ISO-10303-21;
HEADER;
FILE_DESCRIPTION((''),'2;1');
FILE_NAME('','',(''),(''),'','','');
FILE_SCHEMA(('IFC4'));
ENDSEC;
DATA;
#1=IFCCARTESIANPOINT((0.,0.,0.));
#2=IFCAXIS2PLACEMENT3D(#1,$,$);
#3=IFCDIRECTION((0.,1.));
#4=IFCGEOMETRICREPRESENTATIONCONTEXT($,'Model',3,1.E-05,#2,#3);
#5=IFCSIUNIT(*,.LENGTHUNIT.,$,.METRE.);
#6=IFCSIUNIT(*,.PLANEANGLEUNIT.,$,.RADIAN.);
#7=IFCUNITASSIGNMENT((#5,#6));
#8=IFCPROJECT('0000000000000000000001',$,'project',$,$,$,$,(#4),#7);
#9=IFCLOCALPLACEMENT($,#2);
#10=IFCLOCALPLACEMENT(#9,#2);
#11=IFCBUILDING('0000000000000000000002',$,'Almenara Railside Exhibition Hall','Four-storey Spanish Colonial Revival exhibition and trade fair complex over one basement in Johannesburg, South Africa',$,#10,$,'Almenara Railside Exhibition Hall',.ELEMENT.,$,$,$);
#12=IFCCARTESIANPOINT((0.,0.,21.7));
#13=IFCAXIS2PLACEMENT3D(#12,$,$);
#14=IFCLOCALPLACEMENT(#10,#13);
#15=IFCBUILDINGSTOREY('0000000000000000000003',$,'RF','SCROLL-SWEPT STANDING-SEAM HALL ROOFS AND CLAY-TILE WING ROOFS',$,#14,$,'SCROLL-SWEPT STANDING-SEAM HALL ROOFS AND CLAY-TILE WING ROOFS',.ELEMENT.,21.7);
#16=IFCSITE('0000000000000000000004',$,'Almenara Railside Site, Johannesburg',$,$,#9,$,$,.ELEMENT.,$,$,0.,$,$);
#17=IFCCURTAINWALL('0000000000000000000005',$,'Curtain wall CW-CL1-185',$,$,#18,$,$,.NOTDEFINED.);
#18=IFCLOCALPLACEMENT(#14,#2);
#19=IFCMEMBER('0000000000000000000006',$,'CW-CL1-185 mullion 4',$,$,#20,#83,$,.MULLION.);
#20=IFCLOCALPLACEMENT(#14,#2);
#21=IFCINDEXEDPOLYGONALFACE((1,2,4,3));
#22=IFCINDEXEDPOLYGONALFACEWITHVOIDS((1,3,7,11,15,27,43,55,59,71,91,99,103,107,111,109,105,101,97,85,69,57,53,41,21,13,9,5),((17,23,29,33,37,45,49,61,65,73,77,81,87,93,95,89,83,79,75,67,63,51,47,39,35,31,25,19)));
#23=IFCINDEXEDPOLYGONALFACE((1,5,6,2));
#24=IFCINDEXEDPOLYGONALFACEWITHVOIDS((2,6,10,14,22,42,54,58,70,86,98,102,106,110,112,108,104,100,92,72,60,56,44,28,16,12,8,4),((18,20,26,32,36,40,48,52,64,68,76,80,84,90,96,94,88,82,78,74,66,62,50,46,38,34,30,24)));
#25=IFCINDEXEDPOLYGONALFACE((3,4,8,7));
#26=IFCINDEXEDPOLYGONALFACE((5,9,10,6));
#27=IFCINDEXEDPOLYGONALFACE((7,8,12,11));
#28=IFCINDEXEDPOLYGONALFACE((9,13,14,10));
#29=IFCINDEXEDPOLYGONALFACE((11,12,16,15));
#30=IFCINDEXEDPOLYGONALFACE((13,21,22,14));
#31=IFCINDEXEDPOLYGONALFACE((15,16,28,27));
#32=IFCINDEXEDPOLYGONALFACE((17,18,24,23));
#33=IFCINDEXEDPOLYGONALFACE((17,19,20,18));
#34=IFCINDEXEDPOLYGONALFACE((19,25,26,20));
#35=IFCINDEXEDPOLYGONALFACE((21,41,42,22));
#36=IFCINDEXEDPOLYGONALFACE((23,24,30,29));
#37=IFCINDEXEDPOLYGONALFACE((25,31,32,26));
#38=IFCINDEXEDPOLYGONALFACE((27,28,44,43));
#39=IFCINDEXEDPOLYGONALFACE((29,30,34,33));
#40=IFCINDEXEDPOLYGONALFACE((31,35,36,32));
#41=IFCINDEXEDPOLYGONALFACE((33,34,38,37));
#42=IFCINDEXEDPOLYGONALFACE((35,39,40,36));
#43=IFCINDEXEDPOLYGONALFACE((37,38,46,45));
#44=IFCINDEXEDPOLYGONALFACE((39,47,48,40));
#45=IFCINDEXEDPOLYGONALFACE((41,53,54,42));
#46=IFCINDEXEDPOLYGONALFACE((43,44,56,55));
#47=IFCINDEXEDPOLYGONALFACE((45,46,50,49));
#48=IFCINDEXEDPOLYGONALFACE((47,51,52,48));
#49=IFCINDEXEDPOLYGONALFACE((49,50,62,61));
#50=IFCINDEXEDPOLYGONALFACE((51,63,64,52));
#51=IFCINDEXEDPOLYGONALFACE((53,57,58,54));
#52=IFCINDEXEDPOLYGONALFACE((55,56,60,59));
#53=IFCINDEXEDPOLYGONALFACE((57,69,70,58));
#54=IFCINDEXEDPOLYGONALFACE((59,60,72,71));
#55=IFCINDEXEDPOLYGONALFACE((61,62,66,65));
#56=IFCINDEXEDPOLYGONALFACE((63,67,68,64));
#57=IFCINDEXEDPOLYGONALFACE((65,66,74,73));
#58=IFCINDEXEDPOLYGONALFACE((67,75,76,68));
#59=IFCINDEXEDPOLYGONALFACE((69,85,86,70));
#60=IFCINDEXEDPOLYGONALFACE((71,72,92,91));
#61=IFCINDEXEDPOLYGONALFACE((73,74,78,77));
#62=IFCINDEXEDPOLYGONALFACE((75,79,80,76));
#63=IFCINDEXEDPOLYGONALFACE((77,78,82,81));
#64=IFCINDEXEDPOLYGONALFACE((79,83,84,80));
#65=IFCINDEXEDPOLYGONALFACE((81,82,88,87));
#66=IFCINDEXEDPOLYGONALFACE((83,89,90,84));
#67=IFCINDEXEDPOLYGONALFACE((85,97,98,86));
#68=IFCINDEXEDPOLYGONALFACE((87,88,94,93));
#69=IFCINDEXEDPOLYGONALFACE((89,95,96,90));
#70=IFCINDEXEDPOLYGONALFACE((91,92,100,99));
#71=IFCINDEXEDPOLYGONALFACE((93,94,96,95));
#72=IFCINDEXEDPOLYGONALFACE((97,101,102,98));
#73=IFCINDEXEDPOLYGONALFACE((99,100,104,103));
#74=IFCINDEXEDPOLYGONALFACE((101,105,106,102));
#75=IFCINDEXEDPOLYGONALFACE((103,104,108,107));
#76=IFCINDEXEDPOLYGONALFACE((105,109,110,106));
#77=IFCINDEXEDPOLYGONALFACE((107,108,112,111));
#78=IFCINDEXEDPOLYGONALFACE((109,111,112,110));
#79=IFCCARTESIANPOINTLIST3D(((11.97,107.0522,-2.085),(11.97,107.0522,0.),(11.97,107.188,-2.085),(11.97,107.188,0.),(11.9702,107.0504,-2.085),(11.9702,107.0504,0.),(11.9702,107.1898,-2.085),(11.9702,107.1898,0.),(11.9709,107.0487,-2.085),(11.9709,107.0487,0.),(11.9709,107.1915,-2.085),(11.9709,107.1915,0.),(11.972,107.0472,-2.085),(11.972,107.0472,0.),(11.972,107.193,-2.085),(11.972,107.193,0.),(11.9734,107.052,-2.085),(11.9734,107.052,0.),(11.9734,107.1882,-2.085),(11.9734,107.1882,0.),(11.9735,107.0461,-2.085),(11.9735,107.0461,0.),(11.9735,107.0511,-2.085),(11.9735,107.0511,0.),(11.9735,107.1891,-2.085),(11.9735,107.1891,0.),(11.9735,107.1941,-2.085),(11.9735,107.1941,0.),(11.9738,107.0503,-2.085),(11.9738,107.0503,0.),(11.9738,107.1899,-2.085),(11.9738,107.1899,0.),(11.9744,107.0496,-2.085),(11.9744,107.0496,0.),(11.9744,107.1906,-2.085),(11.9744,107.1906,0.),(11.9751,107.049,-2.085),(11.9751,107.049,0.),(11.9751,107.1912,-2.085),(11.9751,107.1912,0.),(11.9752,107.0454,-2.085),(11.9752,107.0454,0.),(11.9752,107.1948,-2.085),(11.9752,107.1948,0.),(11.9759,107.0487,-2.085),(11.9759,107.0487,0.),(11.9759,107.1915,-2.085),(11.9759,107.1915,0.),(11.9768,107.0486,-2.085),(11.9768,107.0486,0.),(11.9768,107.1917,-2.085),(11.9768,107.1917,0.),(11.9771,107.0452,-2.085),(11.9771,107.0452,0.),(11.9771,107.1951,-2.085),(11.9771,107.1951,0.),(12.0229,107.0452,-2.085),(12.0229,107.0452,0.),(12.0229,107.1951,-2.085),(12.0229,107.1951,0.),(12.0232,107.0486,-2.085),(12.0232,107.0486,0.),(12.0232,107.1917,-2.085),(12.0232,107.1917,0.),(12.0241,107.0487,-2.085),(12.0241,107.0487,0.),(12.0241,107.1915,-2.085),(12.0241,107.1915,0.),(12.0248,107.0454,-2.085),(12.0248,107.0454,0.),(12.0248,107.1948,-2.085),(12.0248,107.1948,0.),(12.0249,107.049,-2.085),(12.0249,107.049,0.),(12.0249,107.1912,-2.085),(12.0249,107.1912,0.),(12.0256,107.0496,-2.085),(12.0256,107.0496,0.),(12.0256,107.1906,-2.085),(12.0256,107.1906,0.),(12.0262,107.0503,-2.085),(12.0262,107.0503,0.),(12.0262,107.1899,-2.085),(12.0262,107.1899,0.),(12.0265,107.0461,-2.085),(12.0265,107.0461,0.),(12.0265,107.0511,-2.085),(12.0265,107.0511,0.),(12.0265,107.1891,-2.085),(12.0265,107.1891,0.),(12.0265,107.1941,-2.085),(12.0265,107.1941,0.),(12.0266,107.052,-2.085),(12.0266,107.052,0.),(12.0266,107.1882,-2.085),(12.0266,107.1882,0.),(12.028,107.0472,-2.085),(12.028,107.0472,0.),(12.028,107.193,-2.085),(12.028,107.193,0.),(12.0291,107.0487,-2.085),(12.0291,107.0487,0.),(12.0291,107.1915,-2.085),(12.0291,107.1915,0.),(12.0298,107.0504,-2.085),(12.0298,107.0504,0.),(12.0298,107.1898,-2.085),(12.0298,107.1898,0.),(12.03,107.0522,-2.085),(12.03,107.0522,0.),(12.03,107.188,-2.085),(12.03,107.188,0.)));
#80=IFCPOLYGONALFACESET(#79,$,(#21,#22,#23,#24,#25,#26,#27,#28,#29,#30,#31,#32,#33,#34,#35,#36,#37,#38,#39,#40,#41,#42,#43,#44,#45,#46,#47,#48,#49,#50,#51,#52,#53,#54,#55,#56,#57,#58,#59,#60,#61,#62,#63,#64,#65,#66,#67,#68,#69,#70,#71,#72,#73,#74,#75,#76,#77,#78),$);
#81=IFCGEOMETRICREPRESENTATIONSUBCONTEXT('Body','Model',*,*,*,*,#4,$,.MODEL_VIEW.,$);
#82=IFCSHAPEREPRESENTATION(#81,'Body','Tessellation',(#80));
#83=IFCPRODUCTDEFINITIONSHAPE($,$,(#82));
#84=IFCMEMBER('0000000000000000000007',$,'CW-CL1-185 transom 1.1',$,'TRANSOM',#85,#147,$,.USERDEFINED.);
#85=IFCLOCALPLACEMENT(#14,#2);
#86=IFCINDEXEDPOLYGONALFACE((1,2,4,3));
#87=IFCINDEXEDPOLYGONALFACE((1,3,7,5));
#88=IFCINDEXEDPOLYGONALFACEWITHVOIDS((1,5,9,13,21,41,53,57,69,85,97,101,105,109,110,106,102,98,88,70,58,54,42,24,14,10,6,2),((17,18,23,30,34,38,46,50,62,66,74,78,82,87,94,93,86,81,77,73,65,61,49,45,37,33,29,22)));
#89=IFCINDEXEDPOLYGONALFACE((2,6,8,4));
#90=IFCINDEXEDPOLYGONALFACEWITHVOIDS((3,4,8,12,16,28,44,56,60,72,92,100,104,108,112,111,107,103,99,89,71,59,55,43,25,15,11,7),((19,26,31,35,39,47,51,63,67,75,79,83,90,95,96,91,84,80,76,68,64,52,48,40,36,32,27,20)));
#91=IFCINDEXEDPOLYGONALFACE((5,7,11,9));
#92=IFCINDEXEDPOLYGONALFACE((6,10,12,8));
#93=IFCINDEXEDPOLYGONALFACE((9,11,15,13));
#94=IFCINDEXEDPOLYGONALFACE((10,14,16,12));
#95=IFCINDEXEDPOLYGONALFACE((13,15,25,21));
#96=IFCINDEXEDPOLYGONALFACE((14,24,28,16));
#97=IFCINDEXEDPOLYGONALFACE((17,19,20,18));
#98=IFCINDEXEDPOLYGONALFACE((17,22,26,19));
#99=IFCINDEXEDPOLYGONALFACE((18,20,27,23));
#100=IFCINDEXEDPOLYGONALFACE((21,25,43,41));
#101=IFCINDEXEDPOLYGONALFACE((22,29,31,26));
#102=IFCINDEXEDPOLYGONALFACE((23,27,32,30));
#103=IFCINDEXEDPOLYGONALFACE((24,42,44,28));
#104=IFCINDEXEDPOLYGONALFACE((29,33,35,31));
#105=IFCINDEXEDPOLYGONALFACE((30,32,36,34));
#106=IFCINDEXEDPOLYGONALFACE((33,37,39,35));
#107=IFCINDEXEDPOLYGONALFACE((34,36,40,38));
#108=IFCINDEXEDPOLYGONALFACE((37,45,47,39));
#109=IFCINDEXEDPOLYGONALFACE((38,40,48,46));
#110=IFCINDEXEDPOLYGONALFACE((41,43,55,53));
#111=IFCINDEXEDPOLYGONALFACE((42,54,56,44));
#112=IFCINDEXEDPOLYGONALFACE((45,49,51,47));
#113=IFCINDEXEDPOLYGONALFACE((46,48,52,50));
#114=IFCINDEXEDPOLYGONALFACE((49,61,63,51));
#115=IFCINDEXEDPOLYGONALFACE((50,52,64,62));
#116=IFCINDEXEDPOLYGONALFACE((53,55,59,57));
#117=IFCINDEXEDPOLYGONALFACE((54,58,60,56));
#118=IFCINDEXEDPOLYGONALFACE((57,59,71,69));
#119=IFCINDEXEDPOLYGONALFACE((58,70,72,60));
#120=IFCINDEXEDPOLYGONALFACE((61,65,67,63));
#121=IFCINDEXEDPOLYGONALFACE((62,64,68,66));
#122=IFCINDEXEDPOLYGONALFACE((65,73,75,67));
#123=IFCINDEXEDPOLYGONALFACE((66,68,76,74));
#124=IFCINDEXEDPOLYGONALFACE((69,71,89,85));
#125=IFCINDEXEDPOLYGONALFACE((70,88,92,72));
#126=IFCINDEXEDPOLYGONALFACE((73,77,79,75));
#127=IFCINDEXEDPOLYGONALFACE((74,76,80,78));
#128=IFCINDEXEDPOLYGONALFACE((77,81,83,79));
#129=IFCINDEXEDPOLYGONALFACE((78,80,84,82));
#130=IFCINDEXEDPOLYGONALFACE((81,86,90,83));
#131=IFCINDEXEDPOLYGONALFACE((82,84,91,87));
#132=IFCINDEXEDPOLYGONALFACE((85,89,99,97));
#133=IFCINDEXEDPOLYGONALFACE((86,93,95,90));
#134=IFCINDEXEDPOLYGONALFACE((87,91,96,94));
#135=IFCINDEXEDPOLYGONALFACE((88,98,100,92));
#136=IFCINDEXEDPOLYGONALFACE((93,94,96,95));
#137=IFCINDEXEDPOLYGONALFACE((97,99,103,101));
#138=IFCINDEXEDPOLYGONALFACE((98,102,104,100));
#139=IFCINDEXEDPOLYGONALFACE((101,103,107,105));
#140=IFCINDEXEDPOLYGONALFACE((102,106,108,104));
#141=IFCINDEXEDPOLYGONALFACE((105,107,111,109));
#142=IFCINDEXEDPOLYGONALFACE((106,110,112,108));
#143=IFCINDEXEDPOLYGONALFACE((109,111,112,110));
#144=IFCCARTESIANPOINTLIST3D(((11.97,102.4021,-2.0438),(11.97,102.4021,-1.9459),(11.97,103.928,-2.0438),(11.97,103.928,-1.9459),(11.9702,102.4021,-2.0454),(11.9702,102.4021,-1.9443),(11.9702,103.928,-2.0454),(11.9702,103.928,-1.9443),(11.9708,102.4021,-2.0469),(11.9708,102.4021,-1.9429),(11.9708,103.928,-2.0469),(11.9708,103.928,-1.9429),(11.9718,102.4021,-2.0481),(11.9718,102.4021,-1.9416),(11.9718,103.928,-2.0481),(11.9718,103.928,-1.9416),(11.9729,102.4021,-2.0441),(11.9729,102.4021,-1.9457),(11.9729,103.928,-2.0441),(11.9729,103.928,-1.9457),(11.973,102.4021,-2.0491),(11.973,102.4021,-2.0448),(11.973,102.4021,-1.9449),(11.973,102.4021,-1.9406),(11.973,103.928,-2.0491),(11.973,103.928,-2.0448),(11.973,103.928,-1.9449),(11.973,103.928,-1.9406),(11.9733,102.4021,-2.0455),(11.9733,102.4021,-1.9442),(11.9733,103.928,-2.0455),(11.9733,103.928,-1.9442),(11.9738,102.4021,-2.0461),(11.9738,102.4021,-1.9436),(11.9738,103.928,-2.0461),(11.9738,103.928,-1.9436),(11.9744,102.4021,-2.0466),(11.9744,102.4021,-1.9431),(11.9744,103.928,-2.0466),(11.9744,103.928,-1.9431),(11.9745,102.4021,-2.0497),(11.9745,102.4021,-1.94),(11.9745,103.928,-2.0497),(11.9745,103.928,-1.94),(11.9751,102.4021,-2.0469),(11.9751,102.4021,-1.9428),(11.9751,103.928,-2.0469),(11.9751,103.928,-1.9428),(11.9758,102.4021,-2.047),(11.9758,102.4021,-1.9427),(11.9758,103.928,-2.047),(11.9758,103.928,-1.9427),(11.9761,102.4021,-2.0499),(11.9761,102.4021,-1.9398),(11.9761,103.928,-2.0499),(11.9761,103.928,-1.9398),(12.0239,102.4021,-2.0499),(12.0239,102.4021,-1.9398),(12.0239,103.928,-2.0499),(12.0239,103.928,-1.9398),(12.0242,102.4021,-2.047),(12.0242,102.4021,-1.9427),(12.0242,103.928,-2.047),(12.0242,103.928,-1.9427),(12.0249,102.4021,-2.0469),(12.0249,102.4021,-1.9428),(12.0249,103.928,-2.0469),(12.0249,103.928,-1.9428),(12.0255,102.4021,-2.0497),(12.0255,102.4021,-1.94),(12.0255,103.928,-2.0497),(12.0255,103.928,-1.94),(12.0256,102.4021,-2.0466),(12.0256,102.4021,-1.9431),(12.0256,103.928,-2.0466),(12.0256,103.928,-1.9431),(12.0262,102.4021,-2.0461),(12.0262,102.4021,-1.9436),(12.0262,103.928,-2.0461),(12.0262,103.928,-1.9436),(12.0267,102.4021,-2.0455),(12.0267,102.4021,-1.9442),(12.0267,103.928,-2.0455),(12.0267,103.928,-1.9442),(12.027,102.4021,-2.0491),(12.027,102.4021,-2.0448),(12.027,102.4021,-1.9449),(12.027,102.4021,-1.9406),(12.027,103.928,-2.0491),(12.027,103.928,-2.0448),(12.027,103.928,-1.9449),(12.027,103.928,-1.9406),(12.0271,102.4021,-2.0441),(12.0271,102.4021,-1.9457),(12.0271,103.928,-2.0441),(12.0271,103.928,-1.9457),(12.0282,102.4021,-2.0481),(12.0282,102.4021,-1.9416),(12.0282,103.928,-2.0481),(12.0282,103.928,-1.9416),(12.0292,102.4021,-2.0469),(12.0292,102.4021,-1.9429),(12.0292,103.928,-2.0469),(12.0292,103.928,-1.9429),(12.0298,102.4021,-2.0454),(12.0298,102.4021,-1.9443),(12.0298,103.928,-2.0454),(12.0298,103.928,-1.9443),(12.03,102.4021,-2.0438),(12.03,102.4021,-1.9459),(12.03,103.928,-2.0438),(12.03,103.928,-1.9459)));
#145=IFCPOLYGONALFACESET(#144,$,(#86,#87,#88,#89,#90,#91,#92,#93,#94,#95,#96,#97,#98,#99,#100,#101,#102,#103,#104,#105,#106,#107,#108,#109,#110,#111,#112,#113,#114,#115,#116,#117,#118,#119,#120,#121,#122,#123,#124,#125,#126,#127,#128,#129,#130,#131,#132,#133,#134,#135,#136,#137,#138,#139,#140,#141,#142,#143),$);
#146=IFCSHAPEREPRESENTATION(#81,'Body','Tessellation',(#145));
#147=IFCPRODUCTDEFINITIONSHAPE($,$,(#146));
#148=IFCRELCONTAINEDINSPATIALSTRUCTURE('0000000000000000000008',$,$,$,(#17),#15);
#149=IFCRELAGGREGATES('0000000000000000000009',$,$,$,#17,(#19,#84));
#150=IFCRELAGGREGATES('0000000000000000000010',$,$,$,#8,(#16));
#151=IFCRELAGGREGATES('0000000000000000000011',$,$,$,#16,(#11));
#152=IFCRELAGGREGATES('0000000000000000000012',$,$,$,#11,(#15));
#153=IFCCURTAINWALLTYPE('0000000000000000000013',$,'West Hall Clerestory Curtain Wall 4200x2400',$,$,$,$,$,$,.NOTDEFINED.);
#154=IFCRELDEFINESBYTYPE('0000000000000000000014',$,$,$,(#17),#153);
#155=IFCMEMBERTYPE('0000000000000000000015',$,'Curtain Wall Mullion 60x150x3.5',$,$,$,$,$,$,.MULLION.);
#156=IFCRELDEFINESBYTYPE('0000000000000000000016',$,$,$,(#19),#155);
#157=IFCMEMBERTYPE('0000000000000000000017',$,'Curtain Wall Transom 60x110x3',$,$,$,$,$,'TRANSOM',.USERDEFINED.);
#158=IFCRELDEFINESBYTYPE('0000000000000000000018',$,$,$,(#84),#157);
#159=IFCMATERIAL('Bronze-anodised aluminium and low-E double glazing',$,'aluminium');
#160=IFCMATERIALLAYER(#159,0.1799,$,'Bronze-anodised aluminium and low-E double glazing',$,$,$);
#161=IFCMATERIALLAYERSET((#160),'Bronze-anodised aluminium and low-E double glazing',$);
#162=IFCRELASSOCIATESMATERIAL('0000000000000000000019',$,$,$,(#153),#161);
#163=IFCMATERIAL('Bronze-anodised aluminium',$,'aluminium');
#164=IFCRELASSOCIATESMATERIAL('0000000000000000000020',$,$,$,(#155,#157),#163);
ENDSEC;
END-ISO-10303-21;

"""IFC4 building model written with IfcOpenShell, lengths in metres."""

from ifc_helpers import new_model, si_unit, direction, frame, origin, origin_2d, place, context, subcontext, project, spatial, hollow_rectangle, extrude, material, layer, layer_set, material_profile, profile_set, type_object, element, aggregate, save


model = new_model("IFC4")

# Units and contexts
model_context = context("Model", 3, precision=1e-05, world=origin(), true_north=direction((0.0, 1.0)))
body_context = subcontext(model_context, "Body", "Model", "MODEL_VIEW")
ifc_project = project(units=[si_unit("LENGTHUNIT", "METRE"), si_unit("PLANEANGLEUNIT", "RADIAN")], contexts=[model_context])

# Site, building, storey
site_placement = place(None, origin())
site = spatial("IfcSite", under=ifc_project, at=site_placement, Name="Almenara Railside Site, Johannesburg", CompositionType="ELEMENT", RefElevation=0.0)
building_placement = place(site_placement, origin())
building = spatial("IfcBuilding", under=site, at=building_placement, Name="Almenara Railside Exhibition Hall", Description="Four-storey Spanish Colonial Revival exhibition and trade fair complex over one basement in Johannesburg, South Africa", LongName="Almenara Railside Exhibition Hall", CompositionType="ELEMENT")
storey_placement = place(building_placement, frame((0.0, 0.0, 21.7)))
storey = spatial("IfcBuildingStorey", under=building, at=storey_placement, Name="RF", Description="SCROLL-SWEPT STANDING-SEAM HALL ROOFS AND CLAY-TILE WING ROOFS", LongName="SCROLL-SWEPT STANDING-SEAM HALL ROOFS AND CLAY-TILE WING ROOFS", CompositionType="ELEMENT", Elevation=21.7)

# Curtain wall, members
ifc_material_1 = material(Name="Bronze-anodised aluminium and low-E double glazing", Category="aluminium")
ifc_layer_1 = layer(ifc_material_1, 0.1799, Name="Bronze-anodised aluminium and low-E double glazing")
ifc_layer_set_1 = layer_set([ifc_layer_1], Name="Bronze-anodised aluminium and low-E double glazing")
curtain_wall_type = type_object("IfcCurtainWallType", Name="West Hall Clerestory Curtain Wall 4200x2400", PredefinedType="NOTDEFINED", material=ifc_layer_set_1)
curtain_wall_placement = place(storey_placement, origin())
curtain_wall = element("IfcCurtainWall", 1, at=curtain_wall_placement, inside=storey, type_object=curtain_wall_type, Name="Curtain wall CW-CL1-185", PredefinedType="NOTDEFINED")
ifc_material_2 = material(Name="Bronze-anodised aluminium", Category="aluminium")
ifc_material_profile_1 = material_profile(ifc_material_2, hollow_rectangle(XDim=0.0601, YDim=0.1499, WallThickness=0.0034, InnerFilletRadius=0.0034, OuterFilletRadius=0.0071, at=origin_2d()), Name="ALU-MUL 60x150x3.5")
ifc_profile_set_1 = profile_set([ifc_material_profile_1], Name="Bronze-anodised aluminium")
member_type_1 = type_object("IfcMemberType", Name="Curtain Wall Mullion 60x150x3.5", PredefinedType="MULLION", material=ifc_profile_set_1)
member_1_placement = place(storey_placement, frame((12.0, 107.1201, -2.085), z_axis=(0.0, 0.0, 1.0), x_axis=(-1.0, 0.0, 0.0)))
member_1 = element("IfcMember", 2, at=member_1_placement, type_object=member_type_1, Name="CW-CL1-185 mullion 4", PredefinedType="MULLION", context=body_context, shape_type="SweptSolid", body=[
    extrude(hollow_rectangle(XDim=0.0601, YDim=0.1499, WallThickness=0.0034, InnerFilletRadius=0.0034, OuterFilletRadius=0.0071, at=origin_2d()), origin(), (0.0, 0.0, 1.0), 2.085),
])
ifc_material_profile_2 = material_profile(ifc_material_2, hollow_rectangle(XDim=0.0601, YDim=0.1101, WallThickness=0.0029, InnerFilletRadius=0.0029, OuterFilletRadius=0.0061, at=origin_2d()), Name="ALU-TRN 60x110x3")
ifc_profile_set_2 = profile_set([ifc_material_profile_2], Name="Bronze-anodised aluminium")
member_type_2 = type_object("IfcMemberType", Name="Curtain Wall Transom 60x110x3", ElementType="TRANSOM", PredefinedType="USERDEFINED", material=ifc_profile_set_2)
member_2_placement = place(storey_placement, frame((12.0, 102.4021, -1.9949), z_axis=(0.0, 1.0, 0.0), x_axis=(-1.0, 0.0, 0.0)))
member_2 = element("IfcMember", 3, at=member_2_placement, type_object=member_type_2, Name="CW-CL1-185 transom 1.1", ObjectType="TRANSOM", PredefinedType="USERDEFINED", context=body_context, shape_type="SweptSolid", body=[
    extrude(hollow_rectangle(XDim=0.0601, YDim=0.1101, WallThickness=0.0029, InnerFilletRadius=0.0029, OuterFilletRadius=0.0061, at=origin_2d()), origin(), (0.0, 0.0, 1.0), 1.5259),
])

aggregate(curtain_wall, [member_1, member_2])

save(model, "model.ifc")
